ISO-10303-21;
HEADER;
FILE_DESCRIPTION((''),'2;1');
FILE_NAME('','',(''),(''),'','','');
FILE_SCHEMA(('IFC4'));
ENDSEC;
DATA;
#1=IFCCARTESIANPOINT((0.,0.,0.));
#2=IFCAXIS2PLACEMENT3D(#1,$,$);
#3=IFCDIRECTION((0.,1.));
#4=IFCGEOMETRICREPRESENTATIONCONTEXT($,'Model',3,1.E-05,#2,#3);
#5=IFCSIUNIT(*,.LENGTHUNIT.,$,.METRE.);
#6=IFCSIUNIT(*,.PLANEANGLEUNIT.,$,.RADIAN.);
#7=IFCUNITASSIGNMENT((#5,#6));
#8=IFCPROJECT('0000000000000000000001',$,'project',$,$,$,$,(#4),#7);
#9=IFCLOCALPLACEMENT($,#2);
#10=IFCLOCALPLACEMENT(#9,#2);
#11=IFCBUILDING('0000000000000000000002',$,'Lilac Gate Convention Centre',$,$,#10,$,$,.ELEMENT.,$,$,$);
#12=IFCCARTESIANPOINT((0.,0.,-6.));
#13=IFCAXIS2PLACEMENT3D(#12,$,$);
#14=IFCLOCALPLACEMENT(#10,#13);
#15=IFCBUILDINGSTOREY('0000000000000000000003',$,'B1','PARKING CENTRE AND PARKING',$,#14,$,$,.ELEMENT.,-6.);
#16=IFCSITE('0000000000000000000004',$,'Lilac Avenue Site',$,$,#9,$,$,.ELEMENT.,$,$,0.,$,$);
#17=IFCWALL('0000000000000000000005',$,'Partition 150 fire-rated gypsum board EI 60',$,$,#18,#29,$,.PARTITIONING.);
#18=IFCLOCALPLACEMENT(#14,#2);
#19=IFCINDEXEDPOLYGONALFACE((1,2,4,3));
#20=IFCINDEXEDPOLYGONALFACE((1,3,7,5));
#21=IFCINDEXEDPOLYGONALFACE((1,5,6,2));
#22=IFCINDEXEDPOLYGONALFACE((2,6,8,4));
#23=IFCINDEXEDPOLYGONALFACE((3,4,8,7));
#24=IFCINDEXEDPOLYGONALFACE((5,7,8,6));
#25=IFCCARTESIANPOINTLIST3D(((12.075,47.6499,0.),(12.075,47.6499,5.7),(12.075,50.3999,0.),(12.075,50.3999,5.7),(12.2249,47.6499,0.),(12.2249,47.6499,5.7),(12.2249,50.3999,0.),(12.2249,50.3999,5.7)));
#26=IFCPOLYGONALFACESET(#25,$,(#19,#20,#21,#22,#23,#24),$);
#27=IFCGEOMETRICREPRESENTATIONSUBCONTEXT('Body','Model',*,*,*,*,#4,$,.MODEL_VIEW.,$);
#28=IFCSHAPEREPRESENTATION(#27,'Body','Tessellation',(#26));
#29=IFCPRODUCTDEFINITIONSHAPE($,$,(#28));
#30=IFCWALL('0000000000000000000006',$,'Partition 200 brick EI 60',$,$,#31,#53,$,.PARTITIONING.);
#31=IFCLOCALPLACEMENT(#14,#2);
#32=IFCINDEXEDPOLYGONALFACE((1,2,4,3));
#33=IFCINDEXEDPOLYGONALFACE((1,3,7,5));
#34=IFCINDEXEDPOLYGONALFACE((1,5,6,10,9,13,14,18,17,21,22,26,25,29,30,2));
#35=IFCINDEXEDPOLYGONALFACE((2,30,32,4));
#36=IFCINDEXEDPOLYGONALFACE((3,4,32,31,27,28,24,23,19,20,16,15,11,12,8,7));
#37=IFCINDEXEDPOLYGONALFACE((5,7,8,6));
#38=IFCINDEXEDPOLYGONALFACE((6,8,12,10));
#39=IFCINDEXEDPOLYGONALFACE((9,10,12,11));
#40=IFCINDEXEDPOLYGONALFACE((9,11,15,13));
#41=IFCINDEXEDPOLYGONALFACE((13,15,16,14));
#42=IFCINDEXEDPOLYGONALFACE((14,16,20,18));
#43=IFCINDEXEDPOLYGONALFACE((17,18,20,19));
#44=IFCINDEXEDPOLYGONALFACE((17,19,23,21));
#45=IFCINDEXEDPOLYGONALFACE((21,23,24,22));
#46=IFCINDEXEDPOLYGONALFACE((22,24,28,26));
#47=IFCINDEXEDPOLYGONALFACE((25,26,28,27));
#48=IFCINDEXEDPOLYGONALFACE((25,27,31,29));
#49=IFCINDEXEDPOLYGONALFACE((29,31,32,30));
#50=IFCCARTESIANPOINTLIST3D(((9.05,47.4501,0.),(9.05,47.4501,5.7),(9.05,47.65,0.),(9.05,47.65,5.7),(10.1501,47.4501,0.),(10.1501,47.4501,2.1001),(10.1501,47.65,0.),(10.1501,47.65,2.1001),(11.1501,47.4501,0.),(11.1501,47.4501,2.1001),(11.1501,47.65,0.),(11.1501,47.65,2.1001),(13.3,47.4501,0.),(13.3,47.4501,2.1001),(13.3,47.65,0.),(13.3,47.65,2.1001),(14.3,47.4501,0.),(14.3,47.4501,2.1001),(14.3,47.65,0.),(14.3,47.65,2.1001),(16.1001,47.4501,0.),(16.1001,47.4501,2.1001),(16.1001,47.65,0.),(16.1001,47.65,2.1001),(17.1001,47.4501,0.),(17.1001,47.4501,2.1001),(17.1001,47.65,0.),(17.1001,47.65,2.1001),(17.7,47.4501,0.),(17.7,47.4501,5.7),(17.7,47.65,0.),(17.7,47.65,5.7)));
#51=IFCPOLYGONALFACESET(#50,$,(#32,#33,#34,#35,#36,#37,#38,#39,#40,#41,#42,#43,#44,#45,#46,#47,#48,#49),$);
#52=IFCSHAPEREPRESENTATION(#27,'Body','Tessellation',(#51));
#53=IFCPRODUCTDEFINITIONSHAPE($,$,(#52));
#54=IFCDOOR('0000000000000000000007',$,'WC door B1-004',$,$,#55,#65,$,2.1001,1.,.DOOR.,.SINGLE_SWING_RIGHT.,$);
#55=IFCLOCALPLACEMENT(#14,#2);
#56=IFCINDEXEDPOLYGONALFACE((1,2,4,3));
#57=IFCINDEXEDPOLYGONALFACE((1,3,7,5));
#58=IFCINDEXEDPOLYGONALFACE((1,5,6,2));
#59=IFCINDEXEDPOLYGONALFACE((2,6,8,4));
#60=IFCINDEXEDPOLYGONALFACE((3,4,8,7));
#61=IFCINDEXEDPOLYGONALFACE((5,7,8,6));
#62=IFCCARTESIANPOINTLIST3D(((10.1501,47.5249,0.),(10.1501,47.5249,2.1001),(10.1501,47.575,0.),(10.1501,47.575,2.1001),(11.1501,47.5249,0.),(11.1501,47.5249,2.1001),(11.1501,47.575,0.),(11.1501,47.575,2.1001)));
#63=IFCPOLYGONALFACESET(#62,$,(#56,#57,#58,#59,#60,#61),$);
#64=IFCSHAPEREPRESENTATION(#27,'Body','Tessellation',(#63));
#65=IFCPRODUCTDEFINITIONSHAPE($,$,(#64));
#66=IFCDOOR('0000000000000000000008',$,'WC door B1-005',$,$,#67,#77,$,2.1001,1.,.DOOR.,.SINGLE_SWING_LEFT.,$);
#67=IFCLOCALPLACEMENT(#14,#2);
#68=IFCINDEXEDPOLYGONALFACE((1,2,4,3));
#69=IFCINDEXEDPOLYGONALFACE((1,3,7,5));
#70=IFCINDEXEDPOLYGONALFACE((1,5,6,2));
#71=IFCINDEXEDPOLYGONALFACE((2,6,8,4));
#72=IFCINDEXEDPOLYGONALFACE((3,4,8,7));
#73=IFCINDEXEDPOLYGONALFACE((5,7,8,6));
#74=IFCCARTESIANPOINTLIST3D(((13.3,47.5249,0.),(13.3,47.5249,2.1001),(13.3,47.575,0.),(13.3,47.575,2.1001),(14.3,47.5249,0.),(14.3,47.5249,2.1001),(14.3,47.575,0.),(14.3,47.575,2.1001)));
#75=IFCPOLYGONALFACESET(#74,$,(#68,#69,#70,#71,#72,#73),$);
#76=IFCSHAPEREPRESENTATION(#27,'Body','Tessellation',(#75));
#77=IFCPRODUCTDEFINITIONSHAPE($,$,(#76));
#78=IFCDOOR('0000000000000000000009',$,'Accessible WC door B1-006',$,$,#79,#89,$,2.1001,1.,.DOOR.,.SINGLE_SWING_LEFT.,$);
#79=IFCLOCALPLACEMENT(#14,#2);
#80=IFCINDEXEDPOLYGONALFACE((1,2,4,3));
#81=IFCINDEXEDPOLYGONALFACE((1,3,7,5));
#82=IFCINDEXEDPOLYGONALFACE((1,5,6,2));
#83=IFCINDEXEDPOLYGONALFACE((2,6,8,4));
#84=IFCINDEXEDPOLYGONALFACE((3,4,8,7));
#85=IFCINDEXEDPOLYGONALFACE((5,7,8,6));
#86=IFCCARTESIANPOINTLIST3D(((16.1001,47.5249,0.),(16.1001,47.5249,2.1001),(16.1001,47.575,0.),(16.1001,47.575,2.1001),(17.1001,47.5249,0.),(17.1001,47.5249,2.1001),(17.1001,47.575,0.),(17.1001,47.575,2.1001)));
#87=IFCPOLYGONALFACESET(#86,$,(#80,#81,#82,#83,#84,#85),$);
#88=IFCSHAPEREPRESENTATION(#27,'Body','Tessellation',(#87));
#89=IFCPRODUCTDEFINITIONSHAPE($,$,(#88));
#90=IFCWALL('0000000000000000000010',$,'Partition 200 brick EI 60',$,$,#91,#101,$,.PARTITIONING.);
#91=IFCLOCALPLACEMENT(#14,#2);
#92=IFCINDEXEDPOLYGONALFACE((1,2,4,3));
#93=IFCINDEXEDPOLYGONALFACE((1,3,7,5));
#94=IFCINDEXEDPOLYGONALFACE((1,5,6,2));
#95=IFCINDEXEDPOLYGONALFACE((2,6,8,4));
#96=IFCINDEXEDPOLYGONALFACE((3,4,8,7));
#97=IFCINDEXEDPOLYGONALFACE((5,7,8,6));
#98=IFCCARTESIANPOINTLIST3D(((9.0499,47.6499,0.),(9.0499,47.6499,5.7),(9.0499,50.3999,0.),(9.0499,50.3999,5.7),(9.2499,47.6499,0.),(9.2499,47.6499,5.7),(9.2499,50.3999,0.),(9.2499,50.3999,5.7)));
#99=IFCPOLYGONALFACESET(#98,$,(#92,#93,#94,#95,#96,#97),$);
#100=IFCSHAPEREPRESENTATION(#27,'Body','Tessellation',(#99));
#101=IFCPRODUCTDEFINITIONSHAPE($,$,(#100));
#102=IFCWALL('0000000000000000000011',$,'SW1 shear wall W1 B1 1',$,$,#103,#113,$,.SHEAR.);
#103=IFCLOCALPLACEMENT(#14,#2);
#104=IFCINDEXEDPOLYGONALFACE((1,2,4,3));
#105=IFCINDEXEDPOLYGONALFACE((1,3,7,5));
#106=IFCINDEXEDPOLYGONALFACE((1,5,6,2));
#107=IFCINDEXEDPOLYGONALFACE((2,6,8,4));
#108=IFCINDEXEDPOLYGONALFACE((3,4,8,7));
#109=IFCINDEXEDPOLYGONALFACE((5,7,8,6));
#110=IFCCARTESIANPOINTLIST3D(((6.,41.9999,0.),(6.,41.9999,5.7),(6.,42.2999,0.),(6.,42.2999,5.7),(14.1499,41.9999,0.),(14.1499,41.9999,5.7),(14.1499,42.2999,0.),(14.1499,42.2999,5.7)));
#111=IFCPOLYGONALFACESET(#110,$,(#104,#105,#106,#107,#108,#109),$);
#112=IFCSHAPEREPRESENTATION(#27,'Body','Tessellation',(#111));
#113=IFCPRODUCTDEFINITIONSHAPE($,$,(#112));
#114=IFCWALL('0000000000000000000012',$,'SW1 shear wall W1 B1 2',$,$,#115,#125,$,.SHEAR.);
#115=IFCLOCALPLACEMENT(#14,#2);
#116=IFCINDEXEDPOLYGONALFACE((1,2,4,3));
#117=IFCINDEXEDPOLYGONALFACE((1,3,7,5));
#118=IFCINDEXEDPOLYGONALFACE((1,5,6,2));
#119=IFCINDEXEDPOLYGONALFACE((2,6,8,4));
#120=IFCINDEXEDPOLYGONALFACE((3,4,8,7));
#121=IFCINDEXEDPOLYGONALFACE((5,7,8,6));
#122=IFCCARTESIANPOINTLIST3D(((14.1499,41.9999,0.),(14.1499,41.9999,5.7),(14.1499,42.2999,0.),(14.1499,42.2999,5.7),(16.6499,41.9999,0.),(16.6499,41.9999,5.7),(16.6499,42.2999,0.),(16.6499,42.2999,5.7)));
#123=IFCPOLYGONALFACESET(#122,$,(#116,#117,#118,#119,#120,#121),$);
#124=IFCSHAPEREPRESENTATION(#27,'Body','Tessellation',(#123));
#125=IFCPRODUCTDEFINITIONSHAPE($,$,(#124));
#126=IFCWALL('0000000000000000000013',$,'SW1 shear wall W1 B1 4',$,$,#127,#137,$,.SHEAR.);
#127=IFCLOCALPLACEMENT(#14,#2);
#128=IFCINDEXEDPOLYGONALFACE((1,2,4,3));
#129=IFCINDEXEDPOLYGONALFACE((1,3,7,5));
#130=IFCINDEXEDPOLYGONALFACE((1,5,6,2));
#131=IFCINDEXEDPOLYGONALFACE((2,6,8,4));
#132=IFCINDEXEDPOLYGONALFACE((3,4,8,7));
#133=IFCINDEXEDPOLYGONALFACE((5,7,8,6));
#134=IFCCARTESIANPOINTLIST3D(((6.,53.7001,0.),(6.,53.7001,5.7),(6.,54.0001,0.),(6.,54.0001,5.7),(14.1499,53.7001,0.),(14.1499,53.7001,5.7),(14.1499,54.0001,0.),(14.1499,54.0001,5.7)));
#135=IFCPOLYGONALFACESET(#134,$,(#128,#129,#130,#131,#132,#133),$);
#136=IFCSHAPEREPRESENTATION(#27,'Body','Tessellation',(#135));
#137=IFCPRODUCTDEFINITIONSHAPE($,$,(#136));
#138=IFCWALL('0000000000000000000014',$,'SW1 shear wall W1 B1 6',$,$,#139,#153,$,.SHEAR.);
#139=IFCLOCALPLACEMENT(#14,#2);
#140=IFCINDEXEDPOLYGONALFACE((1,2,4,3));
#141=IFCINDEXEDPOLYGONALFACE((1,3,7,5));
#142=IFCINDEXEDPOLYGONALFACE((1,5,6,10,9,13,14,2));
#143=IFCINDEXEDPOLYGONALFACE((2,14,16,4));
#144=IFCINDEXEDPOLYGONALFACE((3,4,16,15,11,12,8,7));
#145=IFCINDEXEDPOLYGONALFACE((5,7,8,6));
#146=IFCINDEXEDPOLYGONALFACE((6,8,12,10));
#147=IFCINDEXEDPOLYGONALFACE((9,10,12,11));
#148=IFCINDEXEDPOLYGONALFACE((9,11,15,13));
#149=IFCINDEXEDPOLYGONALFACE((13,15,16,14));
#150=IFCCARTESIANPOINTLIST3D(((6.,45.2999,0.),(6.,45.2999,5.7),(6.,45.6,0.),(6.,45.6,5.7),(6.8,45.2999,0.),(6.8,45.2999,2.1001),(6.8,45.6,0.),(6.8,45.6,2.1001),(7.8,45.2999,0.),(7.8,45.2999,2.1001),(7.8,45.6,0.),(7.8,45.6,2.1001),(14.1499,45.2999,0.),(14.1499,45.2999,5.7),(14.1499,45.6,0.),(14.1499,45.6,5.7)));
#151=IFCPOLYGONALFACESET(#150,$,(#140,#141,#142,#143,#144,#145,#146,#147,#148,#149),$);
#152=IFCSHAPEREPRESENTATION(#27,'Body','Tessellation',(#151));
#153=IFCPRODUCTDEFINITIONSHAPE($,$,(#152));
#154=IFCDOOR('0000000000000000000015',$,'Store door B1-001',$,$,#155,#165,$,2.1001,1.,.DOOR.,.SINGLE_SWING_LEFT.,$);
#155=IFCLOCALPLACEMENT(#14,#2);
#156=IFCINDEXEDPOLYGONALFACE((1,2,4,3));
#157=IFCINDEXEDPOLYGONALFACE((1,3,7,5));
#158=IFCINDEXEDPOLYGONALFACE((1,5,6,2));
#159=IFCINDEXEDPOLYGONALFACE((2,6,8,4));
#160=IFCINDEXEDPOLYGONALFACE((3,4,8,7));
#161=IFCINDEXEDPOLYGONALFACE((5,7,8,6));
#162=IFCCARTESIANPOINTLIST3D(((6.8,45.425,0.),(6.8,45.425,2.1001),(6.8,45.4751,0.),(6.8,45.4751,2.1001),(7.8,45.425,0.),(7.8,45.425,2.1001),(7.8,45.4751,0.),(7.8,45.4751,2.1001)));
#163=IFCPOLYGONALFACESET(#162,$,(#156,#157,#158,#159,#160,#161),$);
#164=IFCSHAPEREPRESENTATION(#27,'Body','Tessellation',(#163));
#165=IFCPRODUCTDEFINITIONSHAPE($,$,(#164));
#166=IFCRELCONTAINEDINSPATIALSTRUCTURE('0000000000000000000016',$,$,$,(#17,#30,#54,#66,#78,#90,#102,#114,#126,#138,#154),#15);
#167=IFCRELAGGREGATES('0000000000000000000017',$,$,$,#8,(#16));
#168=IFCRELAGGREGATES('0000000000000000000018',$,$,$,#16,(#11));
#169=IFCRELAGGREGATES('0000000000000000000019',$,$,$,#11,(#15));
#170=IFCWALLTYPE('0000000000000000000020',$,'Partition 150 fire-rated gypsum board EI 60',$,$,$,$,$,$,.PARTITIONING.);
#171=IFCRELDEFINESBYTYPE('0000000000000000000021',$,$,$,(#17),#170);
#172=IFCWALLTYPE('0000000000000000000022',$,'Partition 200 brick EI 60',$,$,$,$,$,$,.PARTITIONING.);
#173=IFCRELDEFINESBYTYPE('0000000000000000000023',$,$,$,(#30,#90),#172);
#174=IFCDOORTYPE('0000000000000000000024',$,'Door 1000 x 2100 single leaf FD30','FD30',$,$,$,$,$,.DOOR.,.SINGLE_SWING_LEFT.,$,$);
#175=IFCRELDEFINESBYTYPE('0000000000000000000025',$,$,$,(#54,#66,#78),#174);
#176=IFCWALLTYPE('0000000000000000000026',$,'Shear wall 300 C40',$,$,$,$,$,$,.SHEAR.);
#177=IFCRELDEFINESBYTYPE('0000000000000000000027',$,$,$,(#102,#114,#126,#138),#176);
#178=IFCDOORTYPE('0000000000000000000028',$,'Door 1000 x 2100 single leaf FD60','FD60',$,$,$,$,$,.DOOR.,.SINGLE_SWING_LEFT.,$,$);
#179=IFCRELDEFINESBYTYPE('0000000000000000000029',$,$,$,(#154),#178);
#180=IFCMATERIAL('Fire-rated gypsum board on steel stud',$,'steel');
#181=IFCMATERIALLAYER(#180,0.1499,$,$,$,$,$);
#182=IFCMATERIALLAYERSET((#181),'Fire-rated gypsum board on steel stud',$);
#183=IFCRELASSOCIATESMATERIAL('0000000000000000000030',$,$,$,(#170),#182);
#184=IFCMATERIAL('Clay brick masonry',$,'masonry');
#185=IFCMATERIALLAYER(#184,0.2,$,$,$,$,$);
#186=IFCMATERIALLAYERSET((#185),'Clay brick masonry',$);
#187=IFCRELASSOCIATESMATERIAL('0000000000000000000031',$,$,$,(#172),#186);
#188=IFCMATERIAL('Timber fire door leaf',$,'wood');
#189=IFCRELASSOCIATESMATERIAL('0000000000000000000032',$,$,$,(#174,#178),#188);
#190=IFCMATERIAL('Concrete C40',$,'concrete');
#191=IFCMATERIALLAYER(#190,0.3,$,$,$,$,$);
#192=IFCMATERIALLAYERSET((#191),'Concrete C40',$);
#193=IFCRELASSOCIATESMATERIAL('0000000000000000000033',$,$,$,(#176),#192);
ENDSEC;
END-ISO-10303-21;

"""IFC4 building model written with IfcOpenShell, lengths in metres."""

from ifc_helpers import new_model, si_unit, direction, frame, frame_2d, origin, place, context, subcontext, project, spatial, rectangle, extrude, material, layer, layer_set, type_object, element, fill, save


model = new_model("IFC4")

# Units and contexts
model_context = context("Model", 3, precision=1e-05, world=origin(), true_north=direction((0.0, 1.0)))
body_context = subcontext(model_context, "Body", "Model", "MODEL_VIEW")
ifc_project = project(units=[si_unit("LENGTHUNIT", "METRE"), si_unit("PLANEANGLEUNIT", "RADIAN")], contexts=[model_context])

# Site, building, storey
site_placement = place(None, origin())
site = spatial("IfcSite", under=ifc_project, at=site_placement, Name="Lilac Avenue Site", CompositionType="ELEMENT", RefElevation=0.0)
building_placement = place(site_placement, origin())
building = spatial("IfcBuilding", under=site, at=building_placement, Name="Lilac Gate Convention Centre", CompositionType="ELEMENT")
storey_placement = place(building_placement, frame((0.0, 0.0, -6.0)))
storey = spatial("IfcBuildingStorey", under=building, at=storey_placement, Name="B1", Description="PARKING CENTRE AND PARKING", CompositionType="ELEMENT", Elevation=-6.0)

# Wall
ifc_material_1 = material(Name="Fire-rated gypsum board on steel stud", Category="steel")
ifc_layer_1 = layer(ifc_material_1, 0.1499)
ifc_layer_set_1 = layer_set([ifc_layer_1], Name="Fire-rated gypsum board on steel stud")
wall_type_1 = type_object("IfcWallType", Name="Partition 150 fire-rated gypsum board EI 60", PredefinedType="PARTITIONING", material=ifc_layer_set_1)
wall_1_placement = place(storey_placement, frame((12.1499, 47.6499, 0.0), z_axis=(0.0, 0.0, 1.0), x_axis=(0.0, 1.0, 0.0)))
element("IfcWall", 1, at=wall_1_placement, inside=storey, type_object=wall_type_1, Name="Partition 150 fire-rated gypsum board EI 60", PredefinedType="PARTITIONING", context=body_context, shape_type="SweptSolid", body=[
    extrude(rectangle(XDim=2.75, YDim=0.1499, at=frame_2d((1.375, 0.0))), origin(), (0.0, 0.0, 1.0), 5.7),
])

# Wall, openings, doors
ifc_material_2 = material(Name="Clay brick masonry", Category="masonry")
ifc_layer_2 = layer(ifc_material_2, 0.2)
ifc_layer_set_2 = layer_set([ifc_layer_2], Name="Clay brick masonry")
wall_type_2 = type_object("IfcWallType", Name="Partition 200 brick EI 60", PredefinedType="PARTITIONING", material=ifc_layer_set_2)
wall_2_placement = place(storey_placement, frame((9.05, 47.55, 0.0), z_axis=(0.0, 0.0, 1.0), x_axis=(1.0, 0.0, 0.0)))
wall_2 = element("IfcWall", 2, at=wall_2_placement, inside=storey, type_object=wall_type_2, Name="Partition 200 brick EI 60", PredefinedType="PARTITIONING", context=body_context, shape_type="SweptSolid", body=[
    extrude(rectangle(XDim=8.6499, YDim=0.2, at=frame_2d((4.325, 0.0))), origin(), (0.0, 0.0, 1.0), 5.7),
])
opening_1_placement = place(wall_2_placement, frame((1.1001, 0.0, 0.0)))
opening_1 = element("IfcOpeningElement", 3, at=opening_1_placement, cuts=wall_2, PredefinedType="OPENING", context=body_context, shape_type="SweptSolid", body=[
    extrude(rectangle(XDim=1.0, YDim=2.1001, at=frame_2d((0.5, 1.05))), frame((0.0, 0.1099, 0.0), z_axis=(0.0, -1.0, 0.0), x_axis=(1.0, 0.0, 0.0)), (0.0, 0.0, 1.0), 0.22),
])
opening_2_placement = place(wall_2_placement, frame((4.25, 0.0, 0.0)))
opening_2 = element("IfcOpeningElement", 4, at=opening_2_placement, cuts=wall_2, PredefinedType="OPENING", context=body_context, shape_type="SweptSolid", body=[
    extrude(rectangle(XDim=1.0, YDim=2.1001, at=frame_2d((0.5, 1.05))), frame((0.0, 0.1099, 0.0), z_axis=(0.0, -1.0, 0.0), x_axis=(1.0, 0.0, 0.0)), (0.0, 0.0, 1.0), 0.22),
])
opening_3_placement = place(wall_2_placement, frame((7.05, 0.0, 0.0)))
opening_3 = element("IfcOpeningElement", 5, at=opening_3_placement, cuts=wall_2, PredefinedType="OPENING", context=body_context, shape_type="SweptSolid", body=[
    extrude(rectangle(XDim=1.0, YDim=2.1001, at=frame_2d((0.5, 1.05))), frame((0.0, 0.1099, 0.0), z_axis=(0.0, -1.0, 0.0), x_axis=(1.0, 0.0, 0.0)), (0.0, 0.0, 1.0), 0.22),
])
ifc_material_3 = material(Name="Timber fire door leaf", Category="wood")
door_type_1 = type_object("IfcDoorType", Name="Door 1000 x 2100 single leaf FD30", Description="FD30", OperationType="SINGLE_SWING_LEFT", PredefinedType="DOOR", material=ifc_material_3)
door_1_placement = place(opening_1_placement, origin())
door_1 = element("IfcDoor", 6, at=door_1_placement, inside=storey, type_object=door_type_1, Name="WC door B1-004", OperationType="SINGLE_SWING_RIGHT", OverallHeight=2.1001, OverallWidth=1.0, PredefinedType="DOOR", context=body_context, shape_type="SweptSolid", body=[
    extrude(rectangle(XDim=1.0, YDim=2.1001, at=frame_2d((0.5, 1.05))), frame((0.0, 0.0249, 0.0), z_axis=(0.0, -1.0, 0.0), x_axis=(1.0, 0.0, 0.0)), (0.0, 0.0, 1.0), 0.05),
])
fill(opening_1, door_1)
door_2_placement = place(opening_2_placement, origin())
door_2 = element("IfcDoor", 7, at=door_2_placement, inside=storey, type_object=door_type_1, Name="WC door B1-005", OperationType="SINGLE_SWING_LEFT", OverallHeight=2.1001, OverallWidth=1.0, PredefinedType="DOOR", context=body_context, shape_type="SweptSolid", body=[
    extrude(rectangle(XDim=1.0, YDim=2.1001, at=frame_2d((0.5, 1.05))), frame((0.0, 0.0249, 0.0), z_axis=(0.0, -1.0, 0.0), x_axis=(1.0, 0.0, 0.0)), (0.0, 0.0, 1.0), 0.05),
])
fill(opening_2, door_2)
door_3_placement = place(opening_3_placement, origin())
door_3 = element("IfcDoor", 8, at=door_3_placement, inside=storey, type_object=door_type_1, Name="Accessible WC door B1-006", OperationType="SINGLE_SWING_LEFT", OverallHeight=2.1001, OverallWidth=1.0, PredefinedType="DOOR", context=body_context, shape_type="SweptSolid", body=[
    extrude(rectangle(XDim=1.0, YDim=2.1001, at=frame_2d((0.5, 1.05))), frame((0.0, 0.0249, 0.0), z_axis=(0.0, -1.0, 0.0), x_axis=(1.0, 0.0, 0.0)), (0.0, 0.0, 1.0), 0.05),
])
fill(opening_3, door_3)

# Walls
wall_3_placement = place(storey_placement, frame((9.1499, 47.6499, 0.0), z_axis=(0.0, 0.0, 1.0), x_axis=(0.0, 1.0, 0.0)))
element("IfcWall", 9, at=wall_3_placement, inside=storey, type_object=wall_type_2, Name="Partition 200 brick EI 60", PredefinedType="PARTITIONING", context=body_context, shape_type="SweptSolid", body=[
    extrude(rectangle(XDim=2.75, YDim=0.2, at=frame_2d((1.375, 0.0))), origin(), (0.0, 0.0, 1.0), 5.7),
])
ifc_material_4 = material(Name="Concrete C40", Category="concrete")
ifc_layer_3 = layer(ifc_material_4, 0.3)
ifc_layer_set_3 = layer_set([ifc_layer_3], Name="Concrete C40")
wall_type_3 = type_object("IfcWallType", Name="Shear wall 300 C40", PredefinedType="SHEAR", material=ifc_layer_set_3)
wall_4_placement = place(storey_placement, frame((6.0, 42.1499, 0.0), z_axis=(0.0, 0.0, 1.0), x_axis=(1.0, 0.0, 0.0)))
element("IfcWall", 10, at=wall_4_placement, inside=storey, type_object=wall_type_3, Name="SW1 shear wall W1 B1 1", PredefinedType="SHEAR", context=body_context, shape_type="SweptSolid", body=[
    extrude(rectangle(XDim=8.1499, YDim=0.3, at=frame_2d((4.075, 0.0))), origin(), (0.0, 0.0, 1.0), 5.7),
])
wall_5_placement = place(storey_placement, frame((14.1499, 42.1499, 0.0), z_axis=(0.0, 0.0, 1.0), x_axis=(1.0, 0.0, 0.0)))
element("IfcWall", 11, at=wall_5_placement, inside=storey, type_object=wall_type_3, Name="SW1 shear wall W1 B1 2", PredefinedType="SHEAR", context=body_context, shape_type="SweptSolid", body=[
    extrude(rectangle(XDim=2.5, YDim=0.3, at=frame_2d((1.25, 0.0))), origin(), (0.0, 0.0, 1.0), 5.7),
])
wall_6_placement = place(storey_placement, frame((6.0, 53.8501, 0.0), z_axis=(0.0, 0.0, 1.0), x_axis=(1.0, 0.0, 0.0)))
element("IfcWall", 12, at=wall_6_placement, inside=storey, type_object=wall_type_3, Name="SW1 shear wall W1 B1 4", PredefinedType="SHEAR", context=body_context, shape_type="SweptSolid", body=[
    extrude(rectangle(XDim=8.1499, YDim=0.3, at=frame_2d((4.075, 0.0))), origin(), (0.0, 0.0, 1.0), 5.7),
])

# Wall, opening, door
wall_7_placement = place(storey_placement, frame((6.0, 45.45, 0.0), z_axis=(0.0, 0.0, 1.0), x_axis=(1.0, 0.0, 0.0)))
wall_7 = element("IfcWall", 13, at=wall_7_placement, inside=storey, type_object=wall_type_3, Name="SW1 shear wall W1 B1 6", PredefinedType="SHEAR", context=body_context, shape_type="SweptSolid", body=[
    extrude(rectangle(XDim=8.1499, YDim=0.3, at=frame_2d((4.075, 0.0))), origin(), (0.0, 0.0, 1.0), 5.7),
])
opening_4_placement = place(wall_7_placement, frame((0.8, 0.0, 0.0)))
opening_4 = element("IfcOpeningElement", 14, at=opening_4_placement, cuts=wall_7, PredefinedType="OPENING", context=body_context, shape_type="SweptSolid", body=[
    extrude(rectangle(XDim=1.0, YDim=2.1001, at=frame_2d((0.5, 1.05))), frame((0.0, 0.1599, 0.0), z_axis=(0.0, -1.0, 0.0), x_axis=(1.0, 0.0, 0.0)), (0.0, 0.0, 1.0), 0.3201),
])
door_type_2 = type_object("IfcDoorType", Name="Door 1000 x 2100 single leaf FD60", Description="FD60", OperationType="SINGLE_SWING_LEFT", PredefinedType="DOOR", material=ifc_material_3)
door_4_placement = place(opening_4_placement, frame((1.0, 0.0, 0.0), z_axis=(0.0, 0.0, 1.0), x_axis=(-1.0, 0.0, 0.0)))
door_4 = element("IfcDoor", 15, at=door_4_placement, inside=storey, type_object=door_type_2, Name="Store door B1-001", OperationType="SINGLE_SWING_LEFT", OverallHeight=2.1001, OverallWidth=1.0, PredefinedType="DOOR", context=body_context, shape_type="SweptSolid", body=[
    extrude(rectangle(XDim=1.0, YDim=2.1001, at=frame_2d((0.5, 1.05))), frame((0.0, 0.0249, 0.0), z_axis=(0.0, -1.0, 0.0), x_axis=(1.0, 0.0, 0.0)), (0.0, 0.0, 1.0), 0.05),
])
fill(opening_4, door_4)

save(model, "model.ifc")
